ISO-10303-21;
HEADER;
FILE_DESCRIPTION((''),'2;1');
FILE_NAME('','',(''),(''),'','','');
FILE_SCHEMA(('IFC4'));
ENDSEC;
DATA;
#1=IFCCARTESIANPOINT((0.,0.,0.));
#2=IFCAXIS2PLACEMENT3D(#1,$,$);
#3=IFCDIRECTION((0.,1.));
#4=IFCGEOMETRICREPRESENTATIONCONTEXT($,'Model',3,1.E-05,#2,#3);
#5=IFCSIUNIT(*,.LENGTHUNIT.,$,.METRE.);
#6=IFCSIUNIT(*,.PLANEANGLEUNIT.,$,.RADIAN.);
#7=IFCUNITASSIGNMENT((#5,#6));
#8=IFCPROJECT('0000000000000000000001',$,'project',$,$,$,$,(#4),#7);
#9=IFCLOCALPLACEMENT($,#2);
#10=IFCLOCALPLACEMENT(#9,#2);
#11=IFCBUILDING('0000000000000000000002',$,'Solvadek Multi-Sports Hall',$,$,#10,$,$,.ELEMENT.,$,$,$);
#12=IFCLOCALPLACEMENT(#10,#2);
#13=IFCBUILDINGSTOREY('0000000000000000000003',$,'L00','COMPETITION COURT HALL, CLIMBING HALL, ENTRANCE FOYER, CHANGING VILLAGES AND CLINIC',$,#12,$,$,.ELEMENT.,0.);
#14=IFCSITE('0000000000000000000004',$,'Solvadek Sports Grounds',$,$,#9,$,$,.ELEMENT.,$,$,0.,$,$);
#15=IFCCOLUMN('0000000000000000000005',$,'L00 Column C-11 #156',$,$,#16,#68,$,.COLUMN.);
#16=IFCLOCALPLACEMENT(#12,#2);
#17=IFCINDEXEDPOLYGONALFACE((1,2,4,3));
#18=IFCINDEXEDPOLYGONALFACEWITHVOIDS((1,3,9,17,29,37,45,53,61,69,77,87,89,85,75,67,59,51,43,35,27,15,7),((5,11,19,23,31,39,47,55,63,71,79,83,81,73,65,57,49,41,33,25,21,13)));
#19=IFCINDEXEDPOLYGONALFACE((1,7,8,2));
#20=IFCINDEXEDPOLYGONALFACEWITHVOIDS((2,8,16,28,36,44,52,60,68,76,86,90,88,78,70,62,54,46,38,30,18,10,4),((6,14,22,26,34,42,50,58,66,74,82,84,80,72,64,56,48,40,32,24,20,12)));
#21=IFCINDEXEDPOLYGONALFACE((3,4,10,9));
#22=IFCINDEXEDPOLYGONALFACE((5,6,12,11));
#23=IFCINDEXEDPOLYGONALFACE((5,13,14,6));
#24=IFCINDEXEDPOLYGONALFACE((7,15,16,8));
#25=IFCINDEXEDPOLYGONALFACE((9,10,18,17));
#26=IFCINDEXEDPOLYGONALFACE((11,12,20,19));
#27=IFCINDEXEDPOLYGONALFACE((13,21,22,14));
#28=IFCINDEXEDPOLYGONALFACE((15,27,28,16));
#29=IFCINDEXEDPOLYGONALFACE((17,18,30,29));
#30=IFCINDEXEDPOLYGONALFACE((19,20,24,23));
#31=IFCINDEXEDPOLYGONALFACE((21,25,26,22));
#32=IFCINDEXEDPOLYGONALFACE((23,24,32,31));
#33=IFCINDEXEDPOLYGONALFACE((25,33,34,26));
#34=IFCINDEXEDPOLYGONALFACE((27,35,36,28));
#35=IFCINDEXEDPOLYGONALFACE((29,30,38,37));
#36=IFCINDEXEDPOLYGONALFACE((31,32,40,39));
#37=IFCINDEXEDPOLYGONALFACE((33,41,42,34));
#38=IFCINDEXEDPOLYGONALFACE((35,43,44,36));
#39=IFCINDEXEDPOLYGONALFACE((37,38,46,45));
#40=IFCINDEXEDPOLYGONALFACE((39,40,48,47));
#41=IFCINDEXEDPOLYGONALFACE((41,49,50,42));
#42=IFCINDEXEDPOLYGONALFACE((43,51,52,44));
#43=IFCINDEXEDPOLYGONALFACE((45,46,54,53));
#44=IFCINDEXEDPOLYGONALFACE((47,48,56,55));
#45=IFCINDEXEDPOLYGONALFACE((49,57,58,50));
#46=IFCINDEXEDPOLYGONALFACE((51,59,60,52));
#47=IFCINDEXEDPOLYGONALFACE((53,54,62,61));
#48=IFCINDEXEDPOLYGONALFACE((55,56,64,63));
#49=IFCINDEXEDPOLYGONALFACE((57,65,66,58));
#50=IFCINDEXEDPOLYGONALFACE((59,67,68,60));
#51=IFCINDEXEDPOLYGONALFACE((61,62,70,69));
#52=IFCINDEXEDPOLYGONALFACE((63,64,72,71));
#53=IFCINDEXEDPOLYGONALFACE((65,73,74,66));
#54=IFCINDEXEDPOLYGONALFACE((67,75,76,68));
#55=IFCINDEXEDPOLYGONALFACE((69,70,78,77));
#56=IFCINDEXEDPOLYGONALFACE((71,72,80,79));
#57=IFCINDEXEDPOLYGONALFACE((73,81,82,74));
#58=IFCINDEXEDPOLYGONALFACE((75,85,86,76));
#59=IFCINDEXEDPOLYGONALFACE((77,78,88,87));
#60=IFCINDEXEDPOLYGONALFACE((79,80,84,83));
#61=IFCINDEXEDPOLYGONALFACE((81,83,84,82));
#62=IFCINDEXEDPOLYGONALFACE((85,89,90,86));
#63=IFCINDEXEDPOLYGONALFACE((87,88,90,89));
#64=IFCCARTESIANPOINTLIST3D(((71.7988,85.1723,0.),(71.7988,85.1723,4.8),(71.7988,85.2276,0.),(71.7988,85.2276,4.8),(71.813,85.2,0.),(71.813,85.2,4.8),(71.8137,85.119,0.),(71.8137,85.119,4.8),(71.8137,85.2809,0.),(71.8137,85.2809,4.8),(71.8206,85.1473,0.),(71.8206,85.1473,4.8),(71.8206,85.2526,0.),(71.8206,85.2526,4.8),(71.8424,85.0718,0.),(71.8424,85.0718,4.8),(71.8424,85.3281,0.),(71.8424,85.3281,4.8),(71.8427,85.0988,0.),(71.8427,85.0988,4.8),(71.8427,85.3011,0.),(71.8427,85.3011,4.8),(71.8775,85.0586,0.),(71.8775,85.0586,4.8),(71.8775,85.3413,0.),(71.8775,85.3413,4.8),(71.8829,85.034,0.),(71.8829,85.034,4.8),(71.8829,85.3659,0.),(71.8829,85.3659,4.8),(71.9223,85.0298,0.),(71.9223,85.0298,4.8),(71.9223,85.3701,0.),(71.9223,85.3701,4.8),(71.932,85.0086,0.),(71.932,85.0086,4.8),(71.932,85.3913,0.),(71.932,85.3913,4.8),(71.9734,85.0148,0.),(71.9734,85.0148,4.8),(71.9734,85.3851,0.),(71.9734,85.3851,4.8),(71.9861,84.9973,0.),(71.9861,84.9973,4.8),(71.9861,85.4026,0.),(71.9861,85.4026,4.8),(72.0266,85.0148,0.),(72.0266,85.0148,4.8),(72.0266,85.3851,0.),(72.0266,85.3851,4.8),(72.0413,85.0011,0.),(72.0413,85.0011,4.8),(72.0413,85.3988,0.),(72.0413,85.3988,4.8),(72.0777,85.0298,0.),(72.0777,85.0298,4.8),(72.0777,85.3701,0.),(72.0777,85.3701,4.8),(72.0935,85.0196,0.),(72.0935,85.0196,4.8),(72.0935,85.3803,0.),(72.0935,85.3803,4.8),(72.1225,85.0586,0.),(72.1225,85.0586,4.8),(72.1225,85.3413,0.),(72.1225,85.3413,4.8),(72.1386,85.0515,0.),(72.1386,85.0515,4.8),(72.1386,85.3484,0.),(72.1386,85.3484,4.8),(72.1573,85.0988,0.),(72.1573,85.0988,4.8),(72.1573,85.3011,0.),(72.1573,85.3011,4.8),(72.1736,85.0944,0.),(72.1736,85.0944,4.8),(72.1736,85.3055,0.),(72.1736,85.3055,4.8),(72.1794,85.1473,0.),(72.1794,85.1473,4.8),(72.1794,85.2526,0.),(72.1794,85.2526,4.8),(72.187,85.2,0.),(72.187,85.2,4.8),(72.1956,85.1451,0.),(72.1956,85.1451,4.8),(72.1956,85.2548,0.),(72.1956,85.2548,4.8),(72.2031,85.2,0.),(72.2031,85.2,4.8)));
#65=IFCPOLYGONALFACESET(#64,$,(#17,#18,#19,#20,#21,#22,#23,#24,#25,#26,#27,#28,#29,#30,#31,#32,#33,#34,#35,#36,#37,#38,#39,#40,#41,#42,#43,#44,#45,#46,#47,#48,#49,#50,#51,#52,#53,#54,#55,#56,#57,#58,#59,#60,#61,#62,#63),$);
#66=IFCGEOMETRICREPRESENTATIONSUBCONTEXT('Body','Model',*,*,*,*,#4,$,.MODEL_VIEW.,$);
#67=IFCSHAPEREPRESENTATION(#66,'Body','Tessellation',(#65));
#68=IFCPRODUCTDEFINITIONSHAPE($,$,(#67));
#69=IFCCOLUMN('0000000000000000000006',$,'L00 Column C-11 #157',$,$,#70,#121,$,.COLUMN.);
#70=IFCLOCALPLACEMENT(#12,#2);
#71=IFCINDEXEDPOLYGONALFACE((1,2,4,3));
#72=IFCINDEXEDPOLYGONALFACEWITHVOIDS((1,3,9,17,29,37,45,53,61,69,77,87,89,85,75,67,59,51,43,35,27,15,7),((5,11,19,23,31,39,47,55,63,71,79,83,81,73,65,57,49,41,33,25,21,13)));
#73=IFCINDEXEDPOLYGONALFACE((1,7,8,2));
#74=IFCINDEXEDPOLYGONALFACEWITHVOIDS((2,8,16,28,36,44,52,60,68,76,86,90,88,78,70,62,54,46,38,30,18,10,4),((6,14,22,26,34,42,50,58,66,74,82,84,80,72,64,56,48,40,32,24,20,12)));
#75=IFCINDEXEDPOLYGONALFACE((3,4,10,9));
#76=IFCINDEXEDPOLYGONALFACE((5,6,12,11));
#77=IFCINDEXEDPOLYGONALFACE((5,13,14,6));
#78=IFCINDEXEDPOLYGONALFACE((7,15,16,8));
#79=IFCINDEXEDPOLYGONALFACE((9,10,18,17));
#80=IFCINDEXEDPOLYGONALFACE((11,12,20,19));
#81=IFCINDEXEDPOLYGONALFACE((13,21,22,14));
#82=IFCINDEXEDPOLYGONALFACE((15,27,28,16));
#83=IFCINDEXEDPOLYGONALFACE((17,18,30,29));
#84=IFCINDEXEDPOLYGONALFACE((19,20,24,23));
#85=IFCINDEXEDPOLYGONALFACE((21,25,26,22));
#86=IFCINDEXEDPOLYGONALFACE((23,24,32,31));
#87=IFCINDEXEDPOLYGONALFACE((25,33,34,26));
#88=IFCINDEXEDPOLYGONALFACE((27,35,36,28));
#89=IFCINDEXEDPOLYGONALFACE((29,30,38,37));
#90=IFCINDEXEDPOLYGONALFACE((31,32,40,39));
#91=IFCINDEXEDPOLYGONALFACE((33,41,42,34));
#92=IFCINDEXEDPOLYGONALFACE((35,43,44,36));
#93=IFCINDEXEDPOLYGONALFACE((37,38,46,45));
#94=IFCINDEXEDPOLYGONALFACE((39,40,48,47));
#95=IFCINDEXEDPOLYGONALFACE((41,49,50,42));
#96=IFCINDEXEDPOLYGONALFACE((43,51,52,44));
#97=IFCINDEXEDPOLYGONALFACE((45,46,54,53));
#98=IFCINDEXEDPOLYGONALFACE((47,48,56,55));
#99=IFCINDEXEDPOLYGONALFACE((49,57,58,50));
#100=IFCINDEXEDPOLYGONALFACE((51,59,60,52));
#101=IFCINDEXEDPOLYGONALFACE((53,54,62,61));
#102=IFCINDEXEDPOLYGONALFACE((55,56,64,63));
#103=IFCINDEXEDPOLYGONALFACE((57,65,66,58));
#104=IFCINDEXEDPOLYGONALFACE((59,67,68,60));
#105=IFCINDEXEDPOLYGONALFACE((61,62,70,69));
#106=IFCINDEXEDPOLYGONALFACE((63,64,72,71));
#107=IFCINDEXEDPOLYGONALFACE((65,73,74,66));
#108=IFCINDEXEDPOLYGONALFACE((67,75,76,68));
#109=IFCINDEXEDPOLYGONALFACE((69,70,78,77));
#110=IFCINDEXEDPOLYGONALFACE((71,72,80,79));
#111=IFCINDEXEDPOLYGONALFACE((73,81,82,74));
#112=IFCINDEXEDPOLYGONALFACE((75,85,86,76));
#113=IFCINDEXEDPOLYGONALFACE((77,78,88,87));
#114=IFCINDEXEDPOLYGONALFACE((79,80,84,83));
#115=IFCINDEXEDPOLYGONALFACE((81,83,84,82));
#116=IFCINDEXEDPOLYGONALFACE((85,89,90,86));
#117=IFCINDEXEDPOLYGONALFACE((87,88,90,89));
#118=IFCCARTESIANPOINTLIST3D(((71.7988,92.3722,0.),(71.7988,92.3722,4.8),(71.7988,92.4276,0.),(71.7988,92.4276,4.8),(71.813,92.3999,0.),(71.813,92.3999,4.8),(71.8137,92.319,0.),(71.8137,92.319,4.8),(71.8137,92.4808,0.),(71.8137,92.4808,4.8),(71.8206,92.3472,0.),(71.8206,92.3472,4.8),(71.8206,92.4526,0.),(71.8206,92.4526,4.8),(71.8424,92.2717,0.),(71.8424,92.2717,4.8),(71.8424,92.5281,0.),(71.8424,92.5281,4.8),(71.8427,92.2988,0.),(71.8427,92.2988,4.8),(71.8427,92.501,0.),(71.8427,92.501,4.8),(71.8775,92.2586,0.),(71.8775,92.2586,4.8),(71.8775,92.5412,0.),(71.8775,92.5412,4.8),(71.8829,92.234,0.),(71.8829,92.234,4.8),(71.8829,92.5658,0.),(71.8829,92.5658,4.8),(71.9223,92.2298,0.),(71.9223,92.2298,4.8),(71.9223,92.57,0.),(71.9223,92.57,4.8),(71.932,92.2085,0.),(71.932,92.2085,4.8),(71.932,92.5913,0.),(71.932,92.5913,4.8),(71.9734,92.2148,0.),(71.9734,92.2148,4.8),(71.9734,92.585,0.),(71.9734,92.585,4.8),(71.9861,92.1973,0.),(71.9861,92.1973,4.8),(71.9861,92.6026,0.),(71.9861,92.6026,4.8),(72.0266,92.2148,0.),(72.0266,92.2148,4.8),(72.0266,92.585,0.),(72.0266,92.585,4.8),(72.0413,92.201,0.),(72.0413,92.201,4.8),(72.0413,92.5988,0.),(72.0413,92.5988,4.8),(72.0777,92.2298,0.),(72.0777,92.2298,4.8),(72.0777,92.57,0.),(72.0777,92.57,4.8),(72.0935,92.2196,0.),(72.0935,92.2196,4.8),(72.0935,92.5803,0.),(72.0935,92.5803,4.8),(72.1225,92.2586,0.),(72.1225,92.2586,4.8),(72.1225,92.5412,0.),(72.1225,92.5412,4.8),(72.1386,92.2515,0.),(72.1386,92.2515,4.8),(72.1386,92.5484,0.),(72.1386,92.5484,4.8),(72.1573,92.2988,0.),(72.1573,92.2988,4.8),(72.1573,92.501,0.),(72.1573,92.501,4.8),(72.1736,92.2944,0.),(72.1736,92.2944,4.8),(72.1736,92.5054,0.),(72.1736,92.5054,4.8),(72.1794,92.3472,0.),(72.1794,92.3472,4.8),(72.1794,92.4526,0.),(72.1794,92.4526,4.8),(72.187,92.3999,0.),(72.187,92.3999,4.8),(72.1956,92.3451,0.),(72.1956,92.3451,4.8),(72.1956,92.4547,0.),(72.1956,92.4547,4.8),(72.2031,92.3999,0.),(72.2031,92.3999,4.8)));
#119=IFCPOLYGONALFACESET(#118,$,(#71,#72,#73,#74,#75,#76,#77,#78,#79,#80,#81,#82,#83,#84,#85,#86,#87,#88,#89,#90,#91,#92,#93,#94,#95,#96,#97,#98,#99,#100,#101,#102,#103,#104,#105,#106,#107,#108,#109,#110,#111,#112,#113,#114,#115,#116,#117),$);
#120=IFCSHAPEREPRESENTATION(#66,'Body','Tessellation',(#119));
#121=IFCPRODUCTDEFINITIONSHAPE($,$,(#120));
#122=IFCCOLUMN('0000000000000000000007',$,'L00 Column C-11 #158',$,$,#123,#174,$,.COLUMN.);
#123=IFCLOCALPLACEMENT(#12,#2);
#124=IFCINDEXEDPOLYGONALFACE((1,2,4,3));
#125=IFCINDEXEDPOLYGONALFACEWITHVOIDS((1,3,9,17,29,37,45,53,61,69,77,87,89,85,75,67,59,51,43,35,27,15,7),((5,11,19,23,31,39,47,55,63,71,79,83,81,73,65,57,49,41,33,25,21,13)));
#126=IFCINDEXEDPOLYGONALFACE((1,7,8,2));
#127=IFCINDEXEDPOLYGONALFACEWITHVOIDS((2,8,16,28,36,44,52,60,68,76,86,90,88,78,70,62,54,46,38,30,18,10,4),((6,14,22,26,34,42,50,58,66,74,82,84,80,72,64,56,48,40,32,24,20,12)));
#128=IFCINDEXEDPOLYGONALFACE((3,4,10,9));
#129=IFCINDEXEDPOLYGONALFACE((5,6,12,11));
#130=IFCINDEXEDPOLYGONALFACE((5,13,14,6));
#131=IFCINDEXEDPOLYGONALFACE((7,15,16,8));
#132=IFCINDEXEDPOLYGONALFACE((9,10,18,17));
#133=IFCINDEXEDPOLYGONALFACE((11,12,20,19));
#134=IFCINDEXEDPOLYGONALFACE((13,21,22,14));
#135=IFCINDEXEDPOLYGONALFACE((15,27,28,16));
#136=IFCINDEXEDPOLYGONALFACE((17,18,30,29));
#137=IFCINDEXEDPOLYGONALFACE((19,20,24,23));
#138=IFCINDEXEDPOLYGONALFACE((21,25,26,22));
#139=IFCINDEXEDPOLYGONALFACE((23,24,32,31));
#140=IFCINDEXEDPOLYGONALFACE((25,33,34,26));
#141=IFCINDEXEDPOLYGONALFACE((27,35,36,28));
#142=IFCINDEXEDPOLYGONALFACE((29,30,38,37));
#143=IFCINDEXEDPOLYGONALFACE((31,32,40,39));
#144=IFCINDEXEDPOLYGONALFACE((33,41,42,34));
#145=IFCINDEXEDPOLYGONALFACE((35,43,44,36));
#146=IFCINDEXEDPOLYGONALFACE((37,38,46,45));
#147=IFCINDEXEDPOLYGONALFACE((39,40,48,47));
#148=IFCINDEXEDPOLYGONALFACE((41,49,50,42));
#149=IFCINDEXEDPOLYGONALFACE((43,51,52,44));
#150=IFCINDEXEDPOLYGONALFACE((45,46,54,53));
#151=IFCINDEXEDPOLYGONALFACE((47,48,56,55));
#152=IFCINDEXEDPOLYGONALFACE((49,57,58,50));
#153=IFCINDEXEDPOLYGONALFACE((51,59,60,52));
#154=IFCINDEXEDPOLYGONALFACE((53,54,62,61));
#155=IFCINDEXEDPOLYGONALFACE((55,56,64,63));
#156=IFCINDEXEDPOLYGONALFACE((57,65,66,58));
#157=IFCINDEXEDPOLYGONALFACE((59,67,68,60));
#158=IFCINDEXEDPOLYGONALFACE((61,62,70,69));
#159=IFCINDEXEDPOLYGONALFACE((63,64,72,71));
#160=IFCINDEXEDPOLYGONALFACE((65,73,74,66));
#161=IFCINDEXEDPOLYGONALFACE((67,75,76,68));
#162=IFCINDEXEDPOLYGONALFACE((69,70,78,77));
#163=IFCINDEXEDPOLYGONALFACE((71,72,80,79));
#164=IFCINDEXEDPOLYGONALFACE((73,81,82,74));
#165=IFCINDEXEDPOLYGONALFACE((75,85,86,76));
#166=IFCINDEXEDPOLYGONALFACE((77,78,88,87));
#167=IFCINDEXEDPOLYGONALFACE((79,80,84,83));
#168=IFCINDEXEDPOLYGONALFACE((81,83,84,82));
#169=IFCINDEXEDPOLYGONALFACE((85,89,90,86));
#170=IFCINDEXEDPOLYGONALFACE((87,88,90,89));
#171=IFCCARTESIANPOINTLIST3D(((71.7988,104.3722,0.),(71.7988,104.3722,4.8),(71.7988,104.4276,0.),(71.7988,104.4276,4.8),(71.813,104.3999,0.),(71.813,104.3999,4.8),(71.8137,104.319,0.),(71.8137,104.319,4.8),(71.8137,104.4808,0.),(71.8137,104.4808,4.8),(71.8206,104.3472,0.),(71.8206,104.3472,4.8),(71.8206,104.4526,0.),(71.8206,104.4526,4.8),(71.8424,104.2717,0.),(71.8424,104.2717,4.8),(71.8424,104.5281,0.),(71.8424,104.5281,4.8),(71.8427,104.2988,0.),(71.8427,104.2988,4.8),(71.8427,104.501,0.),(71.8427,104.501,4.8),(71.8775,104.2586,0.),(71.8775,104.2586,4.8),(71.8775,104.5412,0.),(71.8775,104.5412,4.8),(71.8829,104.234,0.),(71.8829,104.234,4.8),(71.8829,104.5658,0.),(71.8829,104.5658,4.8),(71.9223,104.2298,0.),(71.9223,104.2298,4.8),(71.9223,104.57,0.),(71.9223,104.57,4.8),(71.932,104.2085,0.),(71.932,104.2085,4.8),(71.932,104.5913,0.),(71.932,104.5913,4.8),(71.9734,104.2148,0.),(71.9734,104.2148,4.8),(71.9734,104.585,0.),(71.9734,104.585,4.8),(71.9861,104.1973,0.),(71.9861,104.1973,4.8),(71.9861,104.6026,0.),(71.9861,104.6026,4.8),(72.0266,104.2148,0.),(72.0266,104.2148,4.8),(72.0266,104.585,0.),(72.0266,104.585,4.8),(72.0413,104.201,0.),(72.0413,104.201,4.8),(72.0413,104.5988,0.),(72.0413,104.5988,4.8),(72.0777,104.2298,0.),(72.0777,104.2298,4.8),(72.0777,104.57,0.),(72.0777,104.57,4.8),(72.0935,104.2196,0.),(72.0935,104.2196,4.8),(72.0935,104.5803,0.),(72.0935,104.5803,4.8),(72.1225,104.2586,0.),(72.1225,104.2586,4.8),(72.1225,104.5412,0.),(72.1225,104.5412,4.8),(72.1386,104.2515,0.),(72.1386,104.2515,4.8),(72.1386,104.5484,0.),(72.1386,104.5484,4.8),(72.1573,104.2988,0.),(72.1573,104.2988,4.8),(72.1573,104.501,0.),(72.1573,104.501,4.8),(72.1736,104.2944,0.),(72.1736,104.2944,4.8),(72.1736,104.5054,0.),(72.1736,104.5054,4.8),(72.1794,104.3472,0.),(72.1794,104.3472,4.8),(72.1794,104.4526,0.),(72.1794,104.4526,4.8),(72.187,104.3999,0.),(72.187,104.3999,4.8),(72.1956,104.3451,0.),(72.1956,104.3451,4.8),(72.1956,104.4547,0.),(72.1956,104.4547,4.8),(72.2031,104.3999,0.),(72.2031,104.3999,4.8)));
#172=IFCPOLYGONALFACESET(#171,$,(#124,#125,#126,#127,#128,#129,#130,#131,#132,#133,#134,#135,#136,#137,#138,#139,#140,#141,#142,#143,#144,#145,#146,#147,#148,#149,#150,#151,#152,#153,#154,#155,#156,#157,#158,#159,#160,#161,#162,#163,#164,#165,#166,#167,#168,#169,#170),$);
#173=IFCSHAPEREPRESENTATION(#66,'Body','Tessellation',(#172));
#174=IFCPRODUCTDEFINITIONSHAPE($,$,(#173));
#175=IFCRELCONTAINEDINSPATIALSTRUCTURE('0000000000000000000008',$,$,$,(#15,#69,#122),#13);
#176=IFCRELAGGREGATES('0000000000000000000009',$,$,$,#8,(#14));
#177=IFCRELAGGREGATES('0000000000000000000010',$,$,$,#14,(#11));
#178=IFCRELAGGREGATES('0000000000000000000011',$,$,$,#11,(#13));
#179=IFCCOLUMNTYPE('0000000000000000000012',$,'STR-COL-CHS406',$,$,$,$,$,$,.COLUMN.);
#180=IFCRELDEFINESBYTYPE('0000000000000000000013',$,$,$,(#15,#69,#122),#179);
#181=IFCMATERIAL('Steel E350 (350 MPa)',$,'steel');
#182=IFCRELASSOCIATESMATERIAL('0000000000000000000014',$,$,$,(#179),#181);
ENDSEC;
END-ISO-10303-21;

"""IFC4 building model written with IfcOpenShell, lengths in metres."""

from ifc_helpers import new_model, si_unit, direction, frame, origin, origin_2d, place, context, subcontext, project, spatial, hollow_circle, extrude, material, material_profile, profile_set, type_object, element, save


model = new_model("IFC4")

# Units and contexts
model_context = context("Model", 3, precision=1e-05, world=origin(), true_north=direction((0.0, 1.0)))
body_context = subcontext(model_context, "Body", "Model", "MODEL_VIEW")
ifc_project = project(units=[si_unit("LENGTHUNIT", "METRE"), si_unit("PLANEANGLEUNIT", "RADIAN")], contexts=[model_context])

# Site, building, storey
site_placement = place(None, origin())
site = spatial("IfcSite", under=ifc_project, at=site_placement, Name="Solvadek Sports Grounds", CompositionType="ELEMENT", RefElevation=0.0)
building_placement = place(site_placement, origin())
building = spatial("IfcBuilding", under=site, at=building_placement, Name="Solvadek Multi-Sports Hall", CompositionType="ELEMENT")
storey_placement = place(building_placement, origin())
storey = spatial("IfcBuildingStorey", under=building, at=storey_placement, Name="L00", Description="COMPETITION COURT HALL, CLIMBING HALL, ENTRANCE FOYER, CHANGING VILLAGES AND CLINIC", CompositionType="ELEMENT", Elevation=0.0)

# Columns
ifc_material_1 = material(Name="Steel E350 (350 MPa)", Category="steel")
ifc_material_profile_1 = material_profile(ifc_material_1, hollow_circle(Radius=0.2031, WallThickness=0.0161, at=origin_2d()), Name="CHS 406.4x16")
ifc_profile_set_1 = profile_set([ifc_material_profile_1], Name="Steel E350 (350 MPa)")
column_type = type_object("IfcColumnType", Name="STR-COL-CHS406", PredefinedType="COLUMN", material=ifc_profile_set_1)
for number, where, z_axis, x_axis, name in (
    (1, (72.0, 85.2, 0.0), (0.0, 0.0, 1.0), (1.0, 0.0, 0.0), "L00 Column C-11 #156"),
    (2, (72.0, 92.3999, 0.0), (0.0, 0.0, 1.0), (1.0, 0.0, 0.0), "L00 Column C-11 #157"),
    (3, (72.0, 104.3999, 0.0), (0.0, 0.0, 1.0), (1.0, 0.0, 0.0), "L00 Column C-11 #158"),
):
    element("IfcColumn", number, at=place(storey_placement, frame(where, z_axis=z_axis, x_axis=x_axis)), inside=storey, type_object=column_type, Name=name, PredefinedType="COLUMN", context=body_context, shape_type="SweptSolid", body=[
        extrude(hollow_circle(Radius=0.2031, WallThickness=0.0161, at=origin_2d()), origin(), (0.0, 0.0, 1.0), 4.8),
    ])

save(model, "model.ifc")
